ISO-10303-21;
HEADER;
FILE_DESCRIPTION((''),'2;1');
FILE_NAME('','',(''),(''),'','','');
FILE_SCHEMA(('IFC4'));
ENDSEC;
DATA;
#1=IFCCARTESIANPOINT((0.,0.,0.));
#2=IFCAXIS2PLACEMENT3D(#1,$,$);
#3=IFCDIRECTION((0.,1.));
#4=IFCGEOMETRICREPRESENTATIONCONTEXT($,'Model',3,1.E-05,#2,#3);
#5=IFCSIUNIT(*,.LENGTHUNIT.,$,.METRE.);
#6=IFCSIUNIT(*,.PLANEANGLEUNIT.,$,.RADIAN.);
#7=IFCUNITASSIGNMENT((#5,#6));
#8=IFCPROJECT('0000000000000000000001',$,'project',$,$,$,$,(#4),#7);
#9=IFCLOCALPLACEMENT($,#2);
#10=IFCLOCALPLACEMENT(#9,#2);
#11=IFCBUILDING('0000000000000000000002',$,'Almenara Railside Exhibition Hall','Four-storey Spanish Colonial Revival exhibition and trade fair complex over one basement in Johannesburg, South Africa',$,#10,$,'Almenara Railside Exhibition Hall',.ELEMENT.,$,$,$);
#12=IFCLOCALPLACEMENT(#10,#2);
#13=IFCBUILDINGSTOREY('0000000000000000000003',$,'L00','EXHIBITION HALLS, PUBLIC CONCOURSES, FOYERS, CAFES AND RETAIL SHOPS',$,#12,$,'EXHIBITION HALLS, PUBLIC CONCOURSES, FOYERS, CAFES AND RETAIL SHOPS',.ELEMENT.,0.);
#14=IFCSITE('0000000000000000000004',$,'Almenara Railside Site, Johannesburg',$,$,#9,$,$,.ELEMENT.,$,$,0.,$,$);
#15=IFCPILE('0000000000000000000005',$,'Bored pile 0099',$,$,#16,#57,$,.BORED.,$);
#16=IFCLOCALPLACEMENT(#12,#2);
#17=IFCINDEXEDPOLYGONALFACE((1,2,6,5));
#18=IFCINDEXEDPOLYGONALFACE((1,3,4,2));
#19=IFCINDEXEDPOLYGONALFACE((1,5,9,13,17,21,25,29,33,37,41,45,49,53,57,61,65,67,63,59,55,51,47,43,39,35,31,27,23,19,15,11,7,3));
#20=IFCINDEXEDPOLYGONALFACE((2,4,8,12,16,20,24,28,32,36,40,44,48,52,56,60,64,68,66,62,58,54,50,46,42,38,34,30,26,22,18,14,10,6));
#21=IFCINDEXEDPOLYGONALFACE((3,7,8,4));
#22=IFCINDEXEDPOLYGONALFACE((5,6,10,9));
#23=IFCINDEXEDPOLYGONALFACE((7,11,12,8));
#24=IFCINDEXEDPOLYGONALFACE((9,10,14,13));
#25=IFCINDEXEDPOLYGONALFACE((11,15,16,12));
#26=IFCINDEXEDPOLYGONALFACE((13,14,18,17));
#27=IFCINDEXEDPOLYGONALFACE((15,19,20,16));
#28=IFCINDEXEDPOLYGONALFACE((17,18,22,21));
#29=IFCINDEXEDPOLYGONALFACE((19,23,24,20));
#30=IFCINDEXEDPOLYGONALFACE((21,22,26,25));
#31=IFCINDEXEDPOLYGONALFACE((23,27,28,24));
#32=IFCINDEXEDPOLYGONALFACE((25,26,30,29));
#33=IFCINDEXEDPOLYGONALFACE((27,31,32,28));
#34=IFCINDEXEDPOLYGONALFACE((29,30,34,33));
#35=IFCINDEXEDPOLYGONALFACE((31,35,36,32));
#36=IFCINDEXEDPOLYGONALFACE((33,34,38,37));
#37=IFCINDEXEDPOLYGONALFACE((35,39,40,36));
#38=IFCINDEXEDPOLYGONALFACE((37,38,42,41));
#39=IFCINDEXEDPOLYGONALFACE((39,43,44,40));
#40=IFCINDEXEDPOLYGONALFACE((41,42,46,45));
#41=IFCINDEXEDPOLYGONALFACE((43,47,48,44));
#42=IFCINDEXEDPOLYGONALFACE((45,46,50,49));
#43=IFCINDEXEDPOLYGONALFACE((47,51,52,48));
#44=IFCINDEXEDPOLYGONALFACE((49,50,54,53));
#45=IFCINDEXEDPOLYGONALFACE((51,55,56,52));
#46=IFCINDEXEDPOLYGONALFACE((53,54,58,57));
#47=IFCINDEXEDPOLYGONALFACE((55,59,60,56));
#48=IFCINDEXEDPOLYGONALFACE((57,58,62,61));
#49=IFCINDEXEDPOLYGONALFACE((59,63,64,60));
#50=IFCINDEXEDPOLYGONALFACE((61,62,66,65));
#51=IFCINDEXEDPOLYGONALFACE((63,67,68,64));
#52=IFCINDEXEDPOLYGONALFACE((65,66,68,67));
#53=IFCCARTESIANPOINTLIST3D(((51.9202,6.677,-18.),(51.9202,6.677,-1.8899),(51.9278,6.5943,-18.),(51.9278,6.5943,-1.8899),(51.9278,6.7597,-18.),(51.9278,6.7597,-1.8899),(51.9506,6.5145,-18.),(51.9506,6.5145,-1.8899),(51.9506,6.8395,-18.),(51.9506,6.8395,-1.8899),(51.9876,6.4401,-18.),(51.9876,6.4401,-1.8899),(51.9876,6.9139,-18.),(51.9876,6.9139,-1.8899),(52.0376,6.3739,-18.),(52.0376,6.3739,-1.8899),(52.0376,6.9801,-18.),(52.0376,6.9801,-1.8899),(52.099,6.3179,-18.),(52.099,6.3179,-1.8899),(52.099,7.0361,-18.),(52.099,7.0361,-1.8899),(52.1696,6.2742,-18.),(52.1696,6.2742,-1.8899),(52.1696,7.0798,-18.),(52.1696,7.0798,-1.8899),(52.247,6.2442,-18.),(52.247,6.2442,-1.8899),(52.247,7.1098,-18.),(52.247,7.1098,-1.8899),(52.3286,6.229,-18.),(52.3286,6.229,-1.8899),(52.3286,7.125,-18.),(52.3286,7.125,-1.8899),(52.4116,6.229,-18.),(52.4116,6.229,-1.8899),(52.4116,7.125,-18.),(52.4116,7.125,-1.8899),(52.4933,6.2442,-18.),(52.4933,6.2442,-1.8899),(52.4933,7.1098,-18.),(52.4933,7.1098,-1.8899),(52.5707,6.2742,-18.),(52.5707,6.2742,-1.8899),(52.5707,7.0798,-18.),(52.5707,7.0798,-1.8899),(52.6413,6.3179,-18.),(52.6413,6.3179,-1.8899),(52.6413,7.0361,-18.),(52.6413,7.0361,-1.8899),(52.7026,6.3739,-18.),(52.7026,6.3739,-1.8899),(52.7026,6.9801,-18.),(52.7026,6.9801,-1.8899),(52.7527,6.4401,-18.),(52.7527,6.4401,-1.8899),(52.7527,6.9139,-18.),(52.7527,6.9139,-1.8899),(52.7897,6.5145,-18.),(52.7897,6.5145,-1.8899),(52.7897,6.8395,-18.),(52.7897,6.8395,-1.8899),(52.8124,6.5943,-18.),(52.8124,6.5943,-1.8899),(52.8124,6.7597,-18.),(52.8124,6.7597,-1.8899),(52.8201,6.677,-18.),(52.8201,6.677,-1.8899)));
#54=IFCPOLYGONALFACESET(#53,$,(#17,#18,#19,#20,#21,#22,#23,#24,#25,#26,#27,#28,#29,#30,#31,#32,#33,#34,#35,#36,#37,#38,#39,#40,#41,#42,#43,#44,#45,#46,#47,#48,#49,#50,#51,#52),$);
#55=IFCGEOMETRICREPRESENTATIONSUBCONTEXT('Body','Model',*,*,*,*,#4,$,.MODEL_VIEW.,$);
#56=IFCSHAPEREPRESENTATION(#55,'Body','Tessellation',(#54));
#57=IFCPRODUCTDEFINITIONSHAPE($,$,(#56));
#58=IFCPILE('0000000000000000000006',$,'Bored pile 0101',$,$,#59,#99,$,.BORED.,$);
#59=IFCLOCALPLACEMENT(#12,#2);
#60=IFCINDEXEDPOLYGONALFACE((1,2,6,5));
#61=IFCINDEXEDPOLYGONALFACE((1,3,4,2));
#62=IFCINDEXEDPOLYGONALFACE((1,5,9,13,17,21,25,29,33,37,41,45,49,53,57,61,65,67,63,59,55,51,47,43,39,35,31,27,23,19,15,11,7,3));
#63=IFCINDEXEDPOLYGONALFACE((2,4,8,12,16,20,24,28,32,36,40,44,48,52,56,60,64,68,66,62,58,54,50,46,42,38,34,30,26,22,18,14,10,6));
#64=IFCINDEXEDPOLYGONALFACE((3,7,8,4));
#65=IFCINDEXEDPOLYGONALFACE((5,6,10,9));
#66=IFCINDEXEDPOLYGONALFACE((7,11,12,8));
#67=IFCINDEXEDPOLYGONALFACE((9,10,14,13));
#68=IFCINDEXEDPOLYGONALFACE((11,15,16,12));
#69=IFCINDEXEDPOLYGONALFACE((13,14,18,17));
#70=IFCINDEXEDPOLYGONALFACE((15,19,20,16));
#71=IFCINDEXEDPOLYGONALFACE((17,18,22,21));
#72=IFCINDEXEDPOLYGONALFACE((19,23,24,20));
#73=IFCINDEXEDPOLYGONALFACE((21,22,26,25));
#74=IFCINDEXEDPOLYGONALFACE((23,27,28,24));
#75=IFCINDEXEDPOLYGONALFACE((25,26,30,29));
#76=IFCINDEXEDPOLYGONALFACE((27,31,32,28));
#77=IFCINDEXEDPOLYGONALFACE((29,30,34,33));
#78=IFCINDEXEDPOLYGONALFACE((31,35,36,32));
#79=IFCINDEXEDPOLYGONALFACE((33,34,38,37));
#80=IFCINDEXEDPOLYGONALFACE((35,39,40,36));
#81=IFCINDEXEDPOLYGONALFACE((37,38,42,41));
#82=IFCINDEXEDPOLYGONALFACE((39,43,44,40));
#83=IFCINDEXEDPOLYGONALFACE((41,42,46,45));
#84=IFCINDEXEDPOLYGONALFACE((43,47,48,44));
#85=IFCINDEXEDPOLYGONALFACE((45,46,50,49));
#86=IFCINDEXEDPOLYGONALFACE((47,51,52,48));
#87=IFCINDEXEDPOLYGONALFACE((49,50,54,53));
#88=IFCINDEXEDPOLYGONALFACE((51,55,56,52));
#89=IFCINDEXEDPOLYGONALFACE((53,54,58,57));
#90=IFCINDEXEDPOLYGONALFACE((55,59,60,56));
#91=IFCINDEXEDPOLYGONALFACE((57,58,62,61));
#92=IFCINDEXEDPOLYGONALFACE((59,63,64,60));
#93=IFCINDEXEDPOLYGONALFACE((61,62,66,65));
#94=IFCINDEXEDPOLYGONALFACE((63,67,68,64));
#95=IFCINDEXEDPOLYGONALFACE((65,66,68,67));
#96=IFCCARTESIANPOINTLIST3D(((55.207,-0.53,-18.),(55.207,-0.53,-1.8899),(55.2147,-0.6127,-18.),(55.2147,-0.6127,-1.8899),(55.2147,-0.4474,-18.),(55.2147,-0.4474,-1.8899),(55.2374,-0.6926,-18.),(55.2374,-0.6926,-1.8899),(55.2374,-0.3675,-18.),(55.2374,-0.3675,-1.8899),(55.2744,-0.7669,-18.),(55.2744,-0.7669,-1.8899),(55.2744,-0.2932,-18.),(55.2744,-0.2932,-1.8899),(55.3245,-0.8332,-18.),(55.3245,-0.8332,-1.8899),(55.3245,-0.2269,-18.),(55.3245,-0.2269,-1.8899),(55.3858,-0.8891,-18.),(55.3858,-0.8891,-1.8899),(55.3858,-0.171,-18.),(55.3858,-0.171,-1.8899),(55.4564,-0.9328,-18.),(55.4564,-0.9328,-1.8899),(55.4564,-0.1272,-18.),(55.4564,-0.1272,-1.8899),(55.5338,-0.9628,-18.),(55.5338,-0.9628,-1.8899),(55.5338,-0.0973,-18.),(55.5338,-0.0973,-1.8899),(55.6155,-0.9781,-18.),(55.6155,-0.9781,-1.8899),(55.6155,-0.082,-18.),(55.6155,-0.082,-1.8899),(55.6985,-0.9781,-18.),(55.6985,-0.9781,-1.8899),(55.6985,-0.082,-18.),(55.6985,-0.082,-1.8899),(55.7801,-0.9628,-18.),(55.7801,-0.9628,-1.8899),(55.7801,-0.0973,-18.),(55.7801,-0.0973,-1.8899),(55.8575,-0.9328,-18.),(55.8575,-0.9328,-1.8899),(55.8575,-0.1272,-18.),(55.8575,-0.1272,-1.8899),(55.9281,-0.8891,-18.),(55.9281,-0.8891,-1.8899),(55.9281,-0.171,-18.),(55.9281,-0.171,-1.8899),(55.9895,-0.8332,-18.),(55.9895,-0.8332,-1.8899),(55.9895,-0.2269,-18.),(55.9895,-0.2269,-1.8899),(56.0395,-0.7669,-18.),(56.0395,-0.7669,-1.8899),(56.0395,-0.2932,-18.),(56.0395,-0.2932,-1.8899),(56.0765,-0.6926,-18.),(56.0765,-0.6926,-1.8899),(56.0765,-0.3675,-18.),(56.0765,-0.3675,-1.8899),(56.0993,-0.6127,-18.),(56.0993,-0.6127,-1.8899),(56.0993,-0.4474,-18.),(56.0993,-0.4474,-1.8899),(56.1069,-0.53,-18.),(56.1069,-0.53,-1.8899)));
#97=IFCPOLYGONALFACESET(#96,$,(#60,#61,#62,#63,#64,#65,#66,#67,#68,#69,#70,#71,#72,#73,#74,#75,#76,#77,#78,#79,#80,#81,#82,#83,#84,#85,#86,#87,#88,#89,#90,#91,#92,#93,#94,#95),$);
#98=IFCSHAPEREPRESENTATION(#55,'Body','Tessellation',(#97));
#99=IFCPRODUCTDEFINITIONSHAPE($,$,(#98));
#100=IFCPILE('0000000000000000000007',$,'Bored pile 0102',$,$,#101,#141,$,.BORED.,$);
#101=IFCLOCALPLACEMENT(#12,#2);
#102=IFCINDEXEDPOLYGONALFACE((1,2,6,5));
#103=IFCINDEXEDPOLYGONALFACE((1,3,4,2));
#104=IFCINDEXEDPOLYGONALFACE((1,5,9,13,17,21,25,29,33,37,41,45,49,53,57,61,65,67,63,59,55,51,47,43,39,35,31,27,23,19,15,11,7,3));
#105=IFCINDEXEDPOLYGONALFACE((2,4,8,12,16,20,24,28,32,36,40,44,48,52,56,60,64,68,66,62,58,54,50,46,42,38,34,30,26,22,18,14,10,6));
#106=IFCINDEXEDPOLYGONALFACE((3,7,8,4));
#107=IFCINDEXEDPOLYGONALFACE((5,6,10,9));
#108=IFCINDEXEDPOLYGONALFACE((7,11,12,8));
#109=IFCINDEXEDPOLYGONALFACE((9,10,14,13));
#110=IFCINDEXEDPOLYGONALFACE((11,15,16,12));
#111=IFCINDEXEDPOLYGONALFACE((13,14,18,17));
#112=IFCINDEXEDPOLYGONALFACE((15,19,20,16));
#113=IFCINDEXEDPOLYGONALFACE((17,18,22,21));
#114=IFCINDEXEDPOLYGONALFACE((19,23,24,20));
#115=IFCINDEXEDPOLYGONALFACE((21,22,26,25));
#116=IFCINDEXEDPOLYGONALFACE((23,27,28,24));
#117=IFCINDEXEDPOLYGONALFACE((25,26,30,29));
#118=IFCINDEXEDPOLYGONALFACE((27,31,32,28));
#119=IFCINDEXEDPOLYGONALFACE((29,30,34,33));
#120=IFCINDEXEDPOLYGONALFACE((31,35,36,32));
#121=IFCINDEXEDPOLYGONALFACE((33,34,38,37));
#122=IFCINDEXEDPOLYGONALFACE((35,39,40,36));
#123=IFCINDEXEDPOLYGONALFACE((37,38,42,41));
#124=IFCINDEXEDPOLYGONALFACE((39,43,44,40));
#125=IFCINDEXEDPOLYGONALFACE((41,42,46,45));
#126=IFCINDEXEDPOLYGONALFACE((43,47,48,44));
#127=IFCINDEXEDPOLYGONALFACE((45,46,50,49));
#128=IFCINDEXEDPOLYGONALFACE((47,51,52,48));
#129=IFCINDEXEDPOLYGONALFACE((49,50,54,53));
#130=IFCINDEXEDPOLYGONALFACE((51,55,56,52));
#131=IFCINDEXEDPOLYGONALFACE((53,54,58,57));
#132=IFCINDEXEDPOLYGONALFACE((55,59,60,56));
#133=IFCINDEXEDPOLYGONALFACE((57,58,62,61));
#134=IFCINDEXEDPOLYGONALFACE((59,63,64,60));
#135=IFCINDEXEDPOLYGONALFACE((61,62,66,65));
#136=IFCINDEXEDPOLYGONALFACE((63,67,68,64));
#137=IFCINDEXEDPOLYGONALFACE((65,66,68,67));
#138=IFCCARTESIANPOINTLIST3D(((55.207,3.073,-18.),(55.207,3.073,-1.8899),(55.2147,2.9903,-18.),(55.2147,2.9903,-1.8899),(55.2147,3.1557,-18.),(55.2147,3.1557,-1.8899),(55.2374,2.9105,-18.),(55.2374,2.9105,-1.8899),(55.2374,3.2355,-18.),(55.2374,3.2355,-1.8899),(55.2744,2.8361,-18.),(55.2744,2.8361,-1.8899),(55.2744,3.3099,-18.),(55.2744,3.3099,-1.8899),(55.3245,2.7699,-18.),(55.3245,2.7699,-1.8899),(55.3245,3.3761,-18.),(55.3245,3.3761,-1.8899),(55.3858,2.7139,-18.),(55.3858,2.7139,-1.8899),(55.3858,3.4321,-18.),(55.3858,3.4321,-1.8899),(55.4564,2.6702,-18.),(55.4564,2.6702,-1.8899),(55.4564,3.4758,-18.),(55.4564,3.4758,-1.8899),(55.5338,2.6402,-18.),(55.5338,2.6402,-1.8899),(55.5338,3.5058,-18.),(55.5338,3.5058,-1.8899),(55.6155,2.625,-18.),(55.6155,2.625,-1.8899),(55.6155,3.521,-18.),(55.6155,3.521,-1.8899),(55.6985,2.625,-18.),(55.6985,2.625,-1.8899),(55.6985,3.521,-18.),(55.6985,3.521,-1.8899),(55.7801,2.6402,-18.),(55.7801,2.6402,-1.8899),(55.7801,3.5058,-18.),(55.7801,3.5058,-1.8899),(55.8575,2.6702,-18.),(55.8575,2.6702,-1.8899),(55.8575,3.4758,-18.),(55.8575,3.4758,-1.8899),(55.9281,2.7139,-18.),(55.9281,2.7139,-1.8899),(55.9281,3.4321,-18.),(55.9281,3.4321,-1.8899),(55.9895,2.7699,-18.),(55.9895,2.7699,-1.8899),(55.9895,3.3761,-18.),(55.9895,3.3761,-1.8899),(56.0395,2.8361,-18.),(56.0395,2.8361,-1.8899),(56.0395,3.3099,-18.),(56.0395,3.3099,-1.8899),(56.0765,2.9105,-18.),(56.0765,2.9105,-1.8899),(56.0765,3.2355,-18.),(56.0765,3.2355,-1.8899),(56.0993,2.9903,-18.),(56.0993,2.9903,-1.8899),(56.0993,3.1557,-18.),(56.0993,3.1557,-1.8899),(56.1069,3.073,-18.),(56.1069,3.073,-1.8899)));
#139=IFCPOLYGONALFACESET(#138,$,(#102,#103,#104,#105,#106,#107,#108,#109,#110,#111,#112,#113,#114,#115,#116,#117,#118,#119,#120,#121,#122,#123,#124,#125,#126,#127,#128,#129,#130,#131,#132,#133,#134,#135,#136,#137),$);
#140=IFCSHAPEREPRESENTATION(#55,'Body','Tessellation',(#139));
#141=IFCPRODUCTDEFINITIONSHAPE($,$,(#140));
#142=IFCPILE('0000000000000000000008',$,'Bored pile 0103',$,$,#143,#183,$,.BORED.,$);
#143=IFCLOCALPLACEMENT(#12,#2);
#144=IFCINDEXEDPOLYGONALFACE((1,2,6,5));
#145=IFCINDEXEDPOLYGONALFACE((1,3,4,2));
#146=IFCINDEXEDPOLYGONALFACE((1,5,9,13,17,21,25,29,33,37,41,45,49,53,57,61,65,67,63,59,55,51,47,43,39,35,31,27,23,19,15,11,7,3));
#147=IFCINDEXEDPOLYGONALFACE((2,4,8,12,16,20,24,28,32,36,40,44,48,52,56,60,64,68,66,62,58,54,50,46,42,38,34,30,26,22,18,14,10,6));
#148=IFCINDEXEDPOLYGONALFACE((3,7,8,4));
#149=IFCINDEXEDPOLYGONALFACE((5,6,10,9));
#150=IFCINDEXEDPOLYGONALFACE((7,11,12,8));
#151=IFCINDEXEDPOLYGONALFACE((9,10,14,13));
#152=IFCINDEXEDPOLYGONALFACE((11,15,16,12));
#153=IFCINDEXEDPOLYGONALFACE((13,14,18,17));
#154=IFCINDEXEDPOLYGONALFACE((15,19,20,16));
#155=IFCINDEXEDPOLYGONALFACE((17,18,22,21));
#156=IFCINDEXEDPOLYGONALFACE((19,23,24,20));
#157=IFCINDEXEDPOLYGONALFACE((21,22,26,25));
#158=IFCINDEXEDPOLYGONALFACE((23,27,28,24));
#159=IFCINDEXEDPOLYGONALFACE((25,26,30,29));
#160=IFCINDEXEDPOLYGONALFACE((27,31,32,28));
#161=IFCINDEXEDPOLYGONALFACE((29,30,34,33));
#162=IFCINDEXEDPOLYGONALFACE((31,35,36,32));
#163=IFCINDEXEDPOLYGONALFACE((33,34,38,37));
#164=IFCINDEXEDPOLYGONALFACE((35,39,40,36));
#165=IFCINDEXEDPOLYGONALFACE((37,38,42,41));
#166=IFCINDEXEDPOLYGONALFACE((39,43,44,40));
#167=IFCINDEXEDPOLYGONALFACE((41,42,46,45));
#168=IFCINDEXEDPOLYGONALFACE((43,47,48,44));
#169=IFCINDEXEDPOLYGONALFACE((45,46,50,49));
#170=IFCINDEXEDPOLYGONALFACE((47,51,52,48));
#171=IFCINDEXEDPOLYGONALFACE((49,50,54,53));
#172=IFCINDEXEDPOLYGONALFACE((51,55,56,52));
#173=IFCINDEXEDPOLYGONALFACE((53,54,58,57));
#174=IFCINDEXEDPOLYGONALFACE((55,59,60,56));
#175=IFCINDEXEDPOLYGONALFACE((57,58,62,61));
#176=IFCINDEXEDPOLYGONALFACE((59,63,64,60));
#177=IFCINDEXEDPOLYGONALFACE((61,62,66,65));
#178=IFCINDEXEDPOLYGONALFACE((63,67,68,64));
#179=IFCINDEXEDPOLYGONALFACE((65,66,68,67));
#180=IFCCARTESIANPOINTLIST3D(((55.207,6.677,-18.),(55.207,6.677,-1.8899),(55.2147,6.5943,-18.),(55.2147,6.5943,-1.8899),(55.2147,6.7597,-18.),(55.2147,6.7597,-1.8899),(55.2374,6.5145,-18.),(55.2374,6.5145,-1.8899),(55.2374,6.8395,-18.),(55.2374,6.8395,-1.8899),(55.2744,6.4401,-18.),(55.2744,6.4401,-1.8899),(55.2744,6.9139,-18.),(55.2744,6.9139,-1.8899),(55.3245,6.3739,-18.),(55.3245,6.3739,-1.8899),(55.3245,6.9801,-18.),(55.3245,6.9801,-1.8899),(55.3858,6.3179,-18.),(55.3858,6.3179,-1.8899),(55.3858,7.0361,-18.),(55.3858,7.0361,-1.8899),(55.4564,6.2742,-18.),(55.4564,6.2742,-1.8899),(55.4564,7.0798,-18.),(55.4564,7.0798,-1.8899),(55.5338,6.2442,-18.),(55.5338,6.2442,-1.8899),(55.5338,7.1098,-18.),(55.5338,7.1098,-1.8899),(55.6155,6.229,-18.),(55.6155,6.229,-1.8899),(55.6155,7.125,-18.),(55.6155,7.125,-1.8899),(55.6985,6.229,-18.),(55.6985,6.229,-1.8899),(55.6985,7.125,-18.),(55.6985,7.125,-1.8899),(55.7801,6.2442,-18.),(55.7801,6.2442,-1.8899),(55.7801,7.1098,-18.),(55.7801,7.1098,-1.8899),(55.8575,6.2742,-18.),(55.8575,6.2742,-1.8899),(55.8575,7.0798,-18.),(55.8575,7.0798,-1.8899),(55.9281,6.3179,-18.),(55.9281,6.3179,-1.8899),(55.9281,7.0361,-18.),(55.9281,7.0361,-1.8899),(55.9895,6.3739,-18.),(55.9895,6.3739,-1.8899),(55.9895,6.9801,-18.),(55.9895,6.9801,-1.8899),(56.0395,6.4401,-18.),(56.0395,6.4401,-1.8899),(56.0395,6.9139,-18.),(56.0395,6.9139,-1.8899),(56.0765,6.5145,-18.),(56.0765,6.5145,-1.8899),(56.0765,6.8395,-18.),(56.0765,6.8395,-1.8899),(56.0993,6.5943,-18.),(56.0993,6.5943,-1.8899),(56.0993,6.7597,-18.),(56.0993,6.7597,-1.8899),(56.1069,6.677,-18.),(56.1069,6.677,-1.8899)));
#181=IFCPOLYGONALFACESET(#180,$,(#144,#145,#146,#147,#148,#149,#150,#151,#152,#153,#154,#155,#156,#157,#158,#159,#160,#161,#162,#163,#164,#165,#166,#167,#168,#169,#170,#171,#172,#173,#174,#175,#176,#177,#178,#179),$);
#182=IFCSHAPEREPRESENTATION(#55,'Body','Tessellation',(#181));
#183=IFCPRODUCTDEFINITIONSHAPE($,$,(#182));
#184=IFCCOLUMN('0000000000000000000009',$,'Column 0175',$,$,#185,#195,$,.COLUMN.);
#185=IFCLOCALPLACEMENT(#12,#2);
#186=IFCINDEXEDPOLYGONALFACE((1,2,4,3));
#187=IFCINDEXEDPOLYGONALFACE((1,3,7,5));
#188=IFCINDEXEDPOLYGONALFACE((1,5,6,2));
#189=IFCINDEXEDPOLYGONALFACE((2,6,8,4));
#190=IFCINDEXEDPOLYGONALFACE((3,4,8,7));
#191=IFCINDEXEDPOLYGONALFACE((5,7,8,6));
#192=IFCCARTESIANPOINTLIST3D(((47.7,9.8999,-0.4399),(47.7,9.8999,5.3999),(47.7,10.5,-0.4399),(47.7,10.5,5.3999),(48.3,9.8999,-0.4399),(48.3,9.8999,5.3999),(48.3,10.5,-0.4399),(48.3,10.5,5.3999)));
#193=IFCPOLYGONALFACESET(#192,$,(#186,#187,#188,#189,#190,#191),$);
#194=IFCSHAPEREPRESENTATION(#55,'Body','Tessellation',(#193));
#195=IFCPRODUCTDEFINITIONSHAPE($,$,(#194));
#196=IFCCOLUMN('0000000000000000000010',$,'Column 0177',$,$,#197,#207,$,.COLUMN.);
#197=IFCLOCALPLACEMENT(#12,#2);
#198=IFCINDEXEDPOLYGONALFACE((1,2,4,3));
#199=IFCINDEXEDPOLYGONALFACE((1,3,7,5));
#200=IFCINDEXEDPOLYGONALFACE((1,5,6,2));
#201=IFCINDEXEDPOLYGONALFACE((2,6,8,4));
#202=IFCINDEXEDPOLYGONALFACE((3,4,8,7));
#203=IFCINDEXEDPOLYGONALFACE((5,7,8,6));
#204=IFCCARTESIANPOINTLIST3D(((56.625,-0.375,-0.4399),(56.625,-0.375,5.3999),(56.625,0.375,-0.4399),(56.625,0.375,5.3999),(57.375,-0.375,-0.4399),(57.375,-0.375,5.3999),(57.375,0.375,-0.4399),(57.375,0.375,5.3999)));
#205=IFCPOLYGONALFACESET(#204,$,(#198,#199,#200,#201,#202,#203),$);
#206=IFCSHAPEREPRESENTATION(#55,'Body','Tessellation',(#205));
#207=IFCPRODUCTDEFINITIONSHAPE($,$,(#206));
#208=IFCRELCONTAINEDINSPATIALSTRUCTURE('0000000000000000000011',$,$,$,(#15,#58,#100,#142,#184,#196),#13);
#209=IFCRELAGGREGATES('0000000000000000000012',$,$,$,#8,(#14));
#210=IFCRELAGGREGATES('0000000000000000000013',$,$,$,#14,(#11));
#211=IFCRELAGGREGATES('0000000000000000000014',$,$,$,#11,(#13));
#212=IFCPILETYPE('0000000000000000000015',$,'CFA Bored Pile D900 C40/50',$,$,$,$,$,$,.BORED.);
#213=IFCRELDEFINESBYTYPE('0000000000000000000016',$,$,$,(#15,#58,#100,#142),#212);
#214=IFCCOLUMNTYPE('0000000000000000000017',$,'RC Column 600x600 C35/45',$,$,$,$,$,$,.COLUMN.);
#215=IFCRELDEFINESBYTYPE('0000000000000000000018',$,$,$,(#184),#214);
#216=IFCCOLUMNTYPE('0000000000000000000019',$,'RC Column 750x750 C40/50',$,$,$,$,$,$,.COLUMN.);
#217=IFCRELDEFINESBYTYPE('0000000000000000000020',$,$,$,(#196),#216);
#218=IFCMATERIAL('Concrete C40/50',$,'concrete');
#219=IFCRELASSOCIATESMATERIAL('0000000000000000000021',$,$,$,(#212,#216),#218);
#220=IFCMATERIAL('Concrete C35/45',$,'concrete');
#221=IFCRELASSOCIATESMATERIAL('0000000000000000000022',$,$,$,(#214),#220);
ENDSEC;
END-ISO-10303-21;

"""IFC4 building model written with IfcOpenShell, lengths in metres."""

from ifc_helpers import new_model, si_unit, direction, frame, origin, origin_2d, place, context, subcontext, project, spatial, rectangle, circle, extrude, material, material_profile, profile_set, type_object, element, save


model = new_model("IFC4")

# Units and contexts
model_context = context("Model", 3, precision=1e-05, world=origin(), true_north=direction((0.0, 1.0)))
body_context = subcontext(model_context, "Body", "Model", "MODEL_VIEW")
ifc_project = project(units=[si_unit("LENGTHUNIT", "METRE"), si_unit("PLANEANGLEUNIT", "RADIAN")], contexts=[model_context])

# Site, building, storey
site_placement = place(None, origin())
site = spatial("IfcSite", under=ifc_project, at=site_placement, Name="Almenara Railside Site, Johannesburg", CompositionType="ELEMENT", RefElevation=0.0)
building_placement = place(site_placement, origin())
building = spatial("IfcBuilding", under=site, at=building_placement, Name="Almenara Railside Exhibition Hall", Description="Four-storey Spanish Colonial Revival exhibition and trade fair complex over one basement in Johannesburg, South Africa", LongName="Almenara Railside Exhibition Hall", CompositionType="ELEMENT")
storey_placement = place(building_placement, origin())
storey = spatial("IfcBuildingStorey", under=building, at=storey_placement, Name="L00", Description="EXHIBITION HALLS, PUBLIC CONCOURSES, FOYERS, CAFES AND RETAIL SHOPS", LongName="EXHIBITION HALLS, PUBLIC CONCOURSES, FOYERS, CAFES AND RETAIL SHOPS", CompositionType="ELEMENT", Elevation=0.0)

# Piles
ifc_material_1 = material(Name="Concrete C40/50", Category="concrete")
ifc_material_profile_1 = material_profile(ifc_material_1, circle(Radius=0.45, at=origin_2d()), Name="CFA-PILE D900")
ifc_profile_set_1 = profile_set([ifc_material_profile_1], Name="Concrete C40/50")
pile_type_1 = type_object("IfcPileType", Name="CFA Bored Pile D900 C40/50", PredefinedType="BORED", material=ifc_profile_set_1)
for number, where, z_axis, x_axis, name in (
    (1, (52.3701, 6.677, -1.8899), (0.0, 0.0, -1.0), (1.0, 0.0, 0.0), "Bored pile 0099"),
    (2, (55.657, -0.53, -1.8899), (0.0, 0.0, -1.0), (1.0, 0.0, 0.0), "Bored pile 0101"),
    (3, (55.657, 3.073, -1.8899), (0.0, 0.0, -1.0), (1.0, 0.0, 0.0), "Bored pile 0102"),
    (4, (55.657, 6.677, -1.8899), (0.0, 0.0, -1.0), (1.0, 0.0, 0.0), "Bored pile 0103"),
):
    element("IfcPile", number, at=place(storey_placement, frame(where, z_axis=z_axis, x_axis=x_axis)), inside=storey, type_object=pile_type_1, Name=name, PredefinedType="BORED", context=body_context, shape_type="SweptSolid", body=[
        extrude(circle(Radius=0.45, at=origin_2d()), origin(), (0.0, 0.0, 1.0), 16.1101),
    ])

# Columns
ifc_material_2 = material(Name="Concrete C35/45", Category="concrete")
ifc_material_profile_2 = material_profile(ifc_material_2, rectangle(XDim=0.6001, YDim=0.6001, at=origin_2d()), Name="RC 600x600")
ifc_profile_set_2 = profile_set([ifc_material_profile_2], Name="Concrete C35/45")
column_type_1 = type_object("IfcColumnType", Name="RC Column 600x600 C35/45", PredefinedType="COLUMN", material=ifc_profile_set_2)
column_1_placement = place(storey_placement, frame((48.0, 10.2, -0.4399), z_axis=(0.0, 0.0, 1.0), x_axis=(1.0, 0.0, 0.0)))
element("IfcColumn", 5, at=column_1_placement, inside=storey, type_object=column_type_1, Name="Column 0175", PredefinedType="COLUMN", context=body_context, shape_type="SweptSolid", body=[
    extrude(rectangle(XDim=0.6001, YDim=0.6001, at=origin_2d()), origin(), (0.0, 0.0, 1.0), 5.8398),
])
ifc_material_profile_3 = material_profile(ifc_material_1, rectangle(XDim=0.75, YDim=0.75, at=origin_2d()), Name="RC 750x750")
ifc_profile_set_3 = profile_set([ifc_material_profile_3], Name="Concrete C40/50")
column_type_2 = type_object("IfcColumnType", Name="RC Column 750x750 C40/50", PredefinedType="COLUMN", material=ifc_profile_set_3)
column_2_placement = place(storey_placement, frame((57.0, 0.0, -0.4399), z_axis=(0.0, 0.0, 1.0), x_axis=(1.0, 0.0, 0.0)))
element("IfcColumn", 6, at=column_2_placement, inside=storey, type_object=column_type_2, Name="Column 0177", PredefinedType="COLUMN", context=body_context, shape_type="SweptSolid", body=[
    extrude(rectangle(XDim=0.75, YDim=0.75, at=origin_2d()), origin(), (0.0, 0.0, 1.0), 5.8398),
])

save(model, "model.ifc")
